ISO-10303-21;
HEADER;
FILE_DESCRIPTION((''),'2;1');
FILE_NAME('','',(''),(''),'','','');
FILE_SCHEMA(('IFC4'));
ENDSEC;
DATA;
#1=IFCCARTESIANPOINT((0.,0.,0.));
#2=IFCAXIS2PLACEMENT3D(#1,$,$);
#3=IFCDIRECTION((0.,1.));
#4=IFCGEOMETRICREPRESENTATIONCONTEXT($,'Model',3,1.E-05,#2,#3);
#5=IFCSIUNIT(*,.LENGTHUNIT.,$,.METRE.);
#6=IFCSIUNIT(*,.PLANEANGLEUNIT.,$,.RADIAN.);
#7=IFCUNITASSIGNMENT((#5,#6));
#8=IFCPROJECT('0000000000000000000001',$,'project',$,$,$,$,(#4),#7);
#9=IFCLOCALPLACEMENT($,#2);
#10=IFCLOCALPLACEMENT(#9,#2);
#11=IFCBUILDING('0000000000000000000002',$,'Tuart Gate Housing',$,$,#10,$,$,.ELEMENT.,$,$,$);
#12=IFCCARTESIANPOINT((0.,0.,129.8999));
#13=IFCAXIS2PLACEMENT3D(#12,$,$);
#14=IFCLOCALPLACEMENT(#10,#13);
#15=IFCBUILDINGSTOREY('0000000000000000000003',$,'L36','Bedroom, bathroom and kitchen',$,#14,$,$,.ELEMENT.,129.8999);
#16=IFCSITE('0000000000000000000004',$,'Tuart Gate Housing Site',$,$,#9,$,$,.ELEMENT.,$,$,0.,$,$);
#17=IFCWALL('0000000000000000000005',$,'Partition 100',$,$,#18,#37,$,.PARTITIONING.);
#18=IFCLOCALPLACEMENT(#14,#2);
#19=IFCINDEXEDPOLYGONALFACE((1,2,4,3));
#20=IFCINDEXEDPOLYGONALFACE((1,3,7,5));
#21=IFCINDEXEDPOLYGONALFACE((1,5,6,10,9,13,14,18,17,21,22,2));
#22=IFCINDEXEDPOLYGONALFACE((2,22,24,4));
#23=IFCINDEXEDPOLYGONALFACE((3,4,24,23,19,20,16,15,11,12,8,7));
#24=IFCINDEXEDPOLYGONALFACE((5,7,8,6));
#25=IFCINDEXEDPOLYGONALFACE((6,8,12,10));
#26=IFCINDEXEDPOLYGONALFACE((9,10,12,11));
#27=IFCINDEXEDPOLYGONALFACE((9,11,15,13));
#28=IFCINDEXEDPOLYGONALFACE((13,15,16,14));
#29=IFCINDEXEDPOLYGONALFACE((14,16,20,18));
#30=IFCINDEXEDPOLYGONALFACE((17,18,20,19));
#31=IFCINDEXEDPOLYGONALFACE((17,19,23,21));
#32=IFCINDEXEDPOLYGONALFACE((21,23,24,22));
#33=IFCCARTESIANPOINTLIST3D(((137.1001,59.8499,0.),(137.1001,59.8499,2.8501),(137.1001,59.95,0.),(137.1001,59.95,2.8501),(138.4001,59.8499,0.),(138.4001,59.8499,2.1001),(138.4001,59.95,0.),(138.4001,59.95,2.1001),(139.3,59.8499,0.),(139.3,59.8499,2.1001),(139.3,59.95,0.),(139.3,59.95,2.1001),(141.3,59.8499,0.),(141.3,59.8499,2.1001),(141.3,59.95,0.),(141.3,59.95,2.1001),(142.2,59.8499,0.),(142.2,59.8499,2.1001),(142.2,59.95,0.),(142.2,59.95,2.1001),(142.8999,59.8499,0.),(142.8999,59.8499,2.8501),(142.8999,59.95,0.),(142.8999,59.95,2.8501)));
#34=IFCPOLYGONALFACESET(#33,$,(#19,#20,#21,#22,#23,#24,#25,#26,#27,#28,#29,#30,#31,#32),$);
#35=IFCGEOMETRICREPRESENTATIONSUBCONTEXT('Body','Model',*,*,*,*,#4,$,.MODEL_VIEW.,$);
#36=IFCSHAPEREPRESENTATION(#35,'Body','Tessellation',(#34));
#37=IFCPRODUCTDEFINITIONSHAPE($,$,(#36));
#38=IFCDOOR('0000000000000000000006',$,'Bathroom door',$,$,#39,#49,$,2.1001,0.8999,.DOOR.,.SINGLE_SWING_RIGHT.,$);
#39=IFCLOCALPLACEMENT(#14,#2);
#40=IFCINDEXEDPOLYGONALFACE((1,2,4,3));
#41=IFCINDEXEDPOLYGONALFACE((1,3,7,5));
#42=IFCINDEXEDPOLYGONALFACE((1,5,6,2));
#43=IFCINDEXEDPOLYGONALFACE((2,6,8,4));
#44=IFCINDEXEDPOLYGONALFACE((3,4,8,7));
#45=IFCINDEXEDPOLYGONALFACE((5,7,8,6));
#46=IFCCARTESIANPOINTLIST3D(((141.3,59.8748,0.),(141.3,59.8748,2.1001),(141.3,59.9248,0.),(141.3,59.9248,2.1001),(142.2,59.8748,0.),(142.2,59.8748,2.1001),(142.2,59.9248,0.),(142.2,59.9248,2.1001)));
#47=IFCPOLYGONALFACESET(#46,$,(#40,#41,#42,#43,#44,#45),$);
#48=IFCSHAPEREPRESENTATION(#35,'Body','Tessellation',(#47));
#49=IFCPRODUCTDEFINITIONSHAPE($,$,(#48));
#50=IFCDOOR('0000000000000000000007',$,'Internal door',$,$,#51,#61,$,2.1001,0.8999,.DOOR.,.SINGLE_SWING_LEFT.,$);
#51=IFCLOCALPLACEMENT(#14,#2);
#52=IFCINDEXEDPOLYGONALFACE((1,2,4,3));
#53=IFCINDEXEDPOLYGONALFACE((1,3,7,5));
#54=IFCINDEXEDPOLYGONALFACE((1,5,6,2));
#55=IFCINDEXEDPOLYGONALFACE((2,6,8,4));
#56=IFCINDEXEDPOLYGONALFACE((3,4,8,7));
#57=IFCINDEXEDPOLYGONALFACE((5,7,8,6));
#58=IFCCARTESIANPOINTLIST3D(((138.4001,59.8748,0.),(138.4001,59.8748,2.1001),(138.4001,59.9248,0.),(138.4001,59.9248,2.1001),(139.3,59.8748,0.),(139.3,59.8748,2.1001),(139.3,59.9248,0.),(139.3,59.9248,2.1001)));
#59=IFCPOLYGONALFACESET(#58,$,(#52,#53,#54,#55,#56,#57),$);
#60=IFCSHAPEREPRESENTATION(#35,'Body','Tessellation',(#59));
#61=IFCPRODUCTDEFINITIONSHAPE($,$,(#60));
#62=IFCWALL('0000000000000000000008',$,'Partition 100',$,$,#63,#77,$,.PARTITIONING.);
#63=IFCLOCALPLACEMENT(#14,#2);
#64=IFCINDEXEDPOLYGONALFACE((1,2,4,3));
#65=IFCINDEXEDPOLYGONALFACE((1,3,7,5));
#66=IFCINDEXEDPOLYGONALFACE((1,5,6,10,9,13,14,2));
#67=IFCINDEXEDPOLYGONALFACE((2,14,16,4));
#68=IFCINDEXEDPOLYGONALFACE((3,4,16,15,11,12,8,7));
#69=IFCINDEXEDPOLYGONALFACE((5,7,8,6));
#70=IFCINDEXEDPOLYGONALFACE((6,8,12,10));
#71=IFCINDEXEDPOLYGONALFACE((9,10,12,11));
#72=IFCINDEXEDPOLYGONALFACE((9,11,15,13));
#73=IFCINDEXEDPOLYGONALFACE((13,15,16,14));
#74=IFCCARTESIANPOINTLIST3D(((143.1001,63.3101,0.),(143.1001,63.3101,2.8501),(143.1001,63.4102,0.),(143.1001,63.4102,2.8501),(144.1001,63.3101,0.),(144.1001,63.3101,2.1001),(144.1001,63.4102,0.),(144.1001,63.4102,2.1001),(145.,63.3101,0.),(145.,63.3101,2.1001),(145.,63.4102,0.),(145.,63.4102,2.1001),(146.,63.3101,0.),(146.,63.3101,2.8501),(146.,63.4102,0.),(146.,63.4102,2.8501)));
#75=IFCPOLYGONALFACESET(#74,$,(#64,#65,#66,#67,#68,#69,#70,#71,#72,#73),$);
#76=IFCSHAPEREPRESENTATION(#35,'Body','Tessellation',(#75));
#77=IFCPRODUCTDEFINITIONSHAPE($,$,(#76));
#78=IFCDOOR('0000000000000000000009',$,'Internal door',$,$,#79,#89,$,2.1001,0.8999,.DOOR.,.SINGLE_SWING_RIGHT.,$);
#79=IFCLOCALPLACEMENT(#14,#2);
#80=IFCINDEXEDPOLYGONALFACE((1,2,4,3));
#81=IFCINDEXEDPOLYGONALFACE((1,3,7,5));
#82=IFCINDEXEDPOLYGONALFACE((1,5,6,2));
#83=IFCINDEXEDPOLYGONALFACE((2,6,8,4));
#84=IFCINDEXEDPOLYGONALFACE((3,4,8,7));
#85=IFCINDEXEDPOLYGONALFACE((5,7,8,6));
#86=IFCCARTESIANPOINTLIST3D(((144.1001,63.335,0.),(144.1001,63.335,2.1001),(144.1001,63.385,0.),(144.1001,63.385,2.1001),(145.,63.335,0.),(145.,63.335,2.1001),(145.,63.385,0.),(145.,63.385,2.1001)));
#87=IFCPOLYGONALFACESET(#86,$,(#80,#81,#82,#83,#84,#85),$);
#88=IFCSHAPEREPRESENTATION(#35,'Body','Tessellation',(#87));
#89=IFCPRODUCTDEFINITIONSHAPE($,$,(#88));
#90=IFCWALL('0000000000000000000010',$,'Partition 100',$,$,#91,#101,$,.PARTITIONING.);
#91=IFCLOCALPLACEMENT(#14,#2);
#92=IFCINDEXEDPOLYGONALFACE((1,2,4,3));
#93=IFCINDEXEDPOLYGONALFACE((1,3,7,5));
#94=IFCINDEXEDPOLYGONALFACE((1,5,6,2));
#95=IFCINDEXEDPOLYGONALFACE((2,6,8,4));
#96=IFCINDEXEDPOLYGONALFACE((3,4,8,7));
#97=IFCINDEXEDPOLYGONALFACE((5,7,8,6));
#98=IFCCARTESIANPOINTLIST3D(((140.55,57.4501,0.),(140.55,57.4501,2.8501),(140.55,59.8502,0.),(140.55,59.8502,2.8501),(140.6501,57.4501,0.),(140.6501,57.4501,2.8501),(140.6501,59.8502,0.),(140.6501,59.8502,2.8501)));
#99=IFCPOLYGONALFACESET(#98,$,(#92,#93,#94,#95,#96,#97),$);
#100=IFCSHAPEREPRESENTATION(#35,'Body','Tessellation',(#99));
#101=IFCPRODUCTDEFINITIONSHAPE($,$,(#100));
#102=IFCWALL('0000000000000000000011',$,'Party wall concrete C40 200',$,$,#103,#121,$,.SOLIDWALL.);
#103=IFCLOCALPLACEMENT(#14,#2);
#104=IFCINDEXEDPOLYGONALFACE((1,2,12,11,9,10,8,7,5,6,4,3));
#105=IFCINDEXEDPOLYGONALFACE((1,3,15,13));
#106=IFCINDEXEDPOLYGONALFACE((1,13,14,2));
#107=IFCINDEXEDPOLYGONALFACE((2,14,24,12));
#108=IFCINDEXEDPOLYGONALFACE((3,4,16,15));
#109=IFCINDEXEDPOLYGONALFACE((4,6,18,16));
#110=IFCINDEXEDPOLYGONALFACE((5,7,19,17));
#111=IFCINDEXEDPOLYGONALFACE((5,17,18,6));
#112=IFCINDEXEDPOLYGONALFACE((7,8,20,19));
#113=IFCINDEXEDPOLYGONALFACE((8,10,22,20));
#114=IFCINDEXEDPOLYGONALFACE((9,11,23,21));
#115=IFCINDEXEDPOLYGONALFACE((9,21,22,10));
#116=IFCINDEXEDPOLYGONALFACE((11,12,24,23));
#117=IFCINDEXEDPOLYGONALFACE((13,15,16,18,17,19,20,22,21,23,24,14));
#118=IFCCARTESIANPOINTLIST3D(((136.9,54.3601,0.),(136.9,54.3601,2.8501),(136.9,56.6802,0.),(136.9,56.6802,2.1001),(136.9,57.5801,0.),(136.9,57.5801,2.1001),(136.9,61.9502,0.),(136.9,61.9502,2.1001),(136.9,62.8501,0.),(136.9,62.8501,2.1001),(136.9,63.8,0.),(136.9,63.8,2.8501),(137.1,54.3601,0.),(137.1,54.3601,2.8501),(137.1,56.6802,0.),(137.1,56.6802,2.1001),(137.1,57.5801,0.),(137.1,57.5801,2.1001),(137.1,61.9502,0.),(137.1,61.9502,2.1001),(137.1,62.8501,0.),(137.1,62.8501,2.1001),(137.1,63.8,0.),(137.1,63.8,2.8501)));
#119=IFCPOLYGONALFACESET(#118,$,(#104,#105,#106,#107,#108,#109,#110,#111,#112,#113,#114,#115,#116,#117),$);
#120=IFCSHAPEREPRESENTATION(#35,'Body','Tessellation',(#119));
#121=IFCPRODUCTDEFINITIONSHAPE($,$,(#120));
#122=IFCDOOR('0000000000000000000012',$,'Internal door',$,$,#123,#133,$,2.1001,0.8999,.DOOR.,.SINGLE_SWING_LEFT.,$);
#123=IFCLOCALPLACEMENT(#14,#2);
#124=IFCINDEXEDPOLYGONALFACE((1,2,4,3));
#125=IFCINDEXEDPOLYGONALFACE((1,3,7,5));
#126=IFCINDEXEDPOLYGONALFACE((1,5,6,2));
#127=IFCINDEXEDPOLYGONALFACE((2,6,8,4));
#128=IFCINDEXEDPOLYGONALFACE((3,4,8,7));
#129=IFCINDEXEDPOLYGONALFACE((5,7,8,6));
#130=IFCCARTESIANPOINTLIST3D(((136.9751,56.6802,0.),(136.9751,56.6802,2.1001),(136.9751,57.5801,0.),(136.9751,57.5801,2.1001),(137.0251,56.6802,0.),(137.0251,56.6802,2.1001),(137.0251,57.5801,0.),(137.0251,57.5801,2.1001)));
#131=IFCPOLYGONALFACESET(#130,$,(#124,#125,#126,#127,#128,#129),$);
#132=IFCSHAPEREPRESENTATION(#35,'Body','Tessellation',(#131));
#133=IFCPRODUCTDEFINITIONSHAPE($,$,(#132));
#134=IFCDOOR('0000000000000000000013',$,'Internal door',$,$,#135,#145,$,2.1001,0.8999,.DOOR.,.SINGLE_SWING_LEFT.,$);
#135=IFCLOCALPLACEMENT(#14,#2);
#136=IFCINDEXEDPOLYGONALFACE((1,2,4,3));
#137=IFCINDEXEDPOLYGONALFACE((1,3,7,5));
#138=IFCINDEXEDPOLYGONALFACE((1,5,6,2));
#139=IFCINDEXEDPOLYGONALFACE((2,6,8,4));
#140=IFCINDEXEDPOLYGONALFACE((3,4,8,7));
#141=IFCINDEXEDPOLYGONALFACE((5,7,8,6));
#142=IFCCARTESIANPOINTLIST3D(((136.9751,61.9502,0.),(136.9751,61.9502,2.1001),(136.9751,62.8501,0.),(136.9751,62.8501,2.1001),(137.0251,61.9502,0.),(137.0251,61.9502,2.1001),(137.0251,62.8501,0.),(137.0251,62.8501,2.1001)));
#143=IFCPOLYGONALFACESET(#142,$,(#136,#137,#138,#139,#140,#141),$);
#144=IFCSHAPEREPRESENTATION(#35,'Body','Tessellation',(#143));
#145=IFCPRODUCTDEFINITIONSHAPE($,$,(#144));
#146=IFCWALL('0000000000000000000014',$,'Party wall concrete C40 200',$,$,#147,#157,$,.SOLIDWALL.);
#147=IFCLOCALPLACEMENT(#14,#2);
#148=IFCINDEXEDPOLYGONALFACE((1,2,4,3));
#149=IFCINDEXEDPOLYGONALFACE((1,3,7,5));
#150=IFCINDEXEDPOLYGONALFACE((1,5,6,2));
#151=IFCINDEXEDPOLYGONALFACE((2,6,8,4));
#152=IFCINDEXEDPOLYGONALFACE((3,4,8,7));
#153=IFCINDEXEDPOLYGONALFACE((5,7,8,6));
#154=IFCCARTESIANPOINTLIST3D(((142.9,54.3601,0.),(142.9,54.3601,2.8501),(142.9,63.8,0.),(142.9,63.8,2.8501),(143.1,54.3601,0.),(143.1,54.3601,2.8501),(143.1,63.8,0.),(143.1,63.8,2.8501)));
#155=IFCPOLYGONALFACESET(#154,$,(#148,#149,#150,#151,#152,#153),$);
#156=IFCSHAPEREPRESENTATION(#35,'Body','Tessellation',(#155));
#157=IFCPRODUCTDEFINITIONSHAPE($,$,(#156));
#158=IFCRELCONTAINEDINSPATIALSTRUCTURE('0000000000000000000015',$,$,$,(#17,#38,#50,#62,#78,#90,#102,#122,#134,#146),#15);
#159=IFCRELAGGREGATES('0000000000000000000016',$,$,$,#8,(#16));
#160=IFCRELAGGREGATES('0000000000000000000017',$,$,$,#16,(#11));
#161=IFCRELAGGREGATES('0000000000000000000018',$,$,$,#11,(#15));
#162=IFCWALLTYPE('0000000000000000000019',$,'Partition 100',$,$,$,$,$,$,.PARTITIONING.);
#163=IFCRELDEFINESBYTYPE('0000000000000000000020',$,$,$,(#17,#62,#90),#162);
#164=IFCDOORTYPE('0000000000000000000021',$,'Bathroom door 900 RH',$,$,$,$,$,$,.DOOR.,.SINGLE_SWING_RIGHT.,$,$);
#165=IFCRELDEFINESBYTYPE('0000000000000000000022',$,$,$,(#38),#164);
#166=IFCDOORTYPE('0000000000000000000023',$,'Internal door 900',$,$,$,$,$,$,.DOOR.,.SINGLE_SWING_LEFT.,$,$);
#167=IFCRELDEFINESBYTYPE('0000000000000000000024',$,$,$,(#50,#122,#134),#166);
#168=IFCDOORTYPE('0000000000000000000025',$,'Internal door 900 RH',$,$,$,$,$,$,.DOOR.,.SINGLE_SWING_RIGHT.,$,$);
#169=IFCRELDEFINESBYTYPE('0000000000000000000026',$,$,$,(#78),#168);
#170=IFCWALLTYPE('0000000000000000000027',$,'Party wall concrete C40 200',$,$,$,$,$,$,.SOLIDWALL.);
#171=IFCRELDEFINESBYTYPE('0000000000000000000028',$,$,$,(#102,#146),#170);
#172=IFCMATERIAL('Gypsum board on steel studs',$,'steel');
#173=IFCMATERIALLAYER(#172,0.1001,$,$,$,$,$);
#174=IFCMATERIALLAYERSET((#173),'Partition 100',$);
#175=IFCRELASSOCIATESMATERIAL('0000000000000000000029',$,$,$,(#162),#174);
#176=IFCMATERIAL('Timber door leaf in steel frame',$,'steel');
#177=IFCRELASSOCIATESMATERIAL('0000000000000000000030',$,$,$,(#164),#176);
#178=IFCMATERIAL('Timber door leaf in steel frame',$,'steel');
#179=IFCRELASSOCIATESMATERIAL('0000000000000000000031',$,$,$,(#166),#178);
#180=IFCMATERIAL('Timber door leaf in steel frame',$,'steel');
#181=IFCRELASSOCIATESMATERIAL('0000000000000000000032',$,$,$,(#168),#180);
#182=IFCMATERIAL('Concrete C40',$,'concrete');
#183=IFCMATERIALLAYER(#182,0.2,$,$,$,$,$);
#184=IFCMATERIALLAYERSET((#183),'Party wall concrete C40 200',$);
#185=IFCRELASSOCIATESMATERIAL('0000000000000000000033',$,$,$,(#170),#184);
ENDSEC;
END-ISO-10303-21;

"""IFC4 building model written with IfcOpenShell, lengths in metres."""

from ifc_helpers import new_model, si_unit, direction, frame, frame_2d, origin, place, context, subcontext, project, spatial, rectangle, extrude, material, layer, layer_set, type_object, element, fill, save


model = new_model("IFC4")

# Units and contexts
model_context = context("Model", 3, precision=1e-05, world=origin(), true_north=direction((0.0, 1.0)))
body_context = subcontext(model_context, "Body", "Model", "MODEL_VIEW")
ifc_project = project(units=[si_unit("LENGTHUNIT", "METRE"), si_unit("PLANEANGLEUNIT", "RADIAN")], contexts=[model_context])

# Site, building, storey
site_placement = place(None, origin())
site = spatial("IfcSite", under=ifc_project, at=site_placement, Name="Tuart Gate Housing Site", CompositionType="ELEMENT", RefElevation=0.0)
building_placement = place(site_placement, origin())
building = spatial("IfcBuilding", under=site, at=building_placement, Name="Tuart Gate Housing", CompositionType="ELEMENT")
storey_placement = place(building_placement, frame((0.0, 0.0, 129.8999)))
storey = spatial("IfcBuildingStorey", under=building, at=storey_placement, Name="L36", Description="Bedroom, bathroom and kitchen", CompositionType="ELEMENT", Elevation=129.8999)

# Shared definitions
ifc_material_1 = material(Name="Gypsum board on steel studs", Category="steel")
ifc_layer_1 = layer(ifc_material_1, 0.1001)
ifc_layer_set_1 = layer_set([ifc_layer_1], Name="Partition 100")
wall_type_1 = type_object("IfcWallType", Name="Partition 100", PredefinedType="PARTITIONING", material=ifc_layer_set_1)

# Wall, openings, doors
wall_1_placement = place(storey_placement, frame((137.1001, 59.8999, 0.0), z_axis=(0.0, 0.0, 1.0), x_axis=(1.0, 0.0, 0.0)))
wall_1 = element("IfcWall", 1, at=wall_1_placement, inside=storey, type_object=wall_type_1, Name="Partition 100", PredefinedType="PARTITIONING", context=body_context, shape_type="SweptSolid", body=[
    extrude(rectangle(XDim=5.7998, YDim=0.1001, at=frame_2d((2.8999, 0.0))), origin(), (0.0, 0.0, 1.0), 2.8501),
])
opening_1_placement = place(wall_1_placement, frame((1.3, 0.0, 0.0)))
opening_1 = element("IfcOpeningElement", 2, at=opening_1_placement, cuts=wall_1, PredefinedType="OPENING", context=body_context, shape_type="SweptSolid", body=[
    extrude(rectangle(XDim=0.8999, YDim=2.1001, at=frame_2d((0.45, 1.05))), frame((0.0, 0.0601, 0.0), z_axis=(0.0, -1.0, 0.0), x_axis=(1.0, 0.0, 0.0)), (0.0, 0.0, 1.0), 0.1201),
])
opening_2_placement = place(wall_1_placement, frame((4.2, 0.0, 0.0)))
opening_2 = element("IfcOpeningElement", 3, at=opening_2_placement, cuts=wall_1, PredefinedType="OPENING", context=body_context, shape_type="SweptSolid", body=[
    extrude(rectangle(XDim=0.8999, YDim=2.1001, at=frame_2d((0.45, 1.05))), frame((0.0, 0.0601, 0.0), z_axis=(0.0, -1.0, 0.0), x_axis=(1.0, 0.0, 0.0)), (0.0, 0.0, 1.0), 0.1201),
])
ifc_material_2 = material(Name="Timber door leaf in steel frame", Category="steel")
door_type_1 = type_object("IfcDoorType", Name="Bathroom door 900 RH", OperationType="SINGLE_SWING_RIGHT", PredefinedType="DOOR", material=ifc_material_2)
door_1_placement = place(opening_2_placement, frame((0.8999, 0.0, 0.0), z_axis=(0.0, 0.0, 1.0), x_axis=(-1.0, 0.0, 0.0)))
door_1 = element("IfcDoor", 4, at=door_1_placement, inside=storey, type_object=door_type_1, Name="Bathroom door", OperationType="SINGLE_SWING_RIGHT", OverallHeight=2.1001, OverallWidth=0.8999, PredefinedType="DOOR", context=body_context, shape_type="SweptSolid", body=[
    extrude(rectangle(XDim=0.8999, YDim=2.1001, at=frame_2d((0.45, 1.05))), frame((0.0, 0.0251, 0.0), z_axis=(0.0, -1.0, 0.0), x_axis=(1.0, 0.0, 0.0)), (0.0, 0.0, 1.0), 0.05),
])
fill(opening_2, door_1)
ifc_material_3 = material(Name="Timber door leaf in steel frame", Category="steel")
door_type_2 = type_object("IfcDoorType", Name="Internal door 900", OperationType="SINGLE_SWING_LEFT", PredefinedType="DOOR", material=ifc_material_3)
door_2_placement = place(opening_1_placement, origin())
door_2 = element("IfcDoor", 5, at=door_2_placement, inside=storey, type_object=door_type_2, Name="Internal door", OperationType="SINGLE_SWING_LEFT", OverallHeight=2.1001, OverallWidth=0.8999, PredefinedType="DOOR", context=body_context, shape_type="SweptSolid", body=[
    extrude(rectangle(XDim=0.8999, YDim=2.1001, at=frame_2d((0.45, 1.05))), frame((0.0, 0.0249, 0.0), z_axis=(0.0, -1.0, 0.0), x_axis=(1.0, 0.0, 0.0)), (0.0, 0.0, 1.0), 0.05),
])
fill(opening_1, door_2)

# Wall, opening, door
wall_2_placement = place(storey_placement, frame((143.1001, 63.3601, 0.0), z_axis=(0.0, 0.0, 1.0), x_axis=(1.0, 0.0, 0.0)))
wall_2 = element("IfcWall", 6, at=wall_2_placement, inside=storey, type_object=wall_type_1, Name="Partition 100", PredefinedType="PARTITIONING", context=body_context, shape_type="SweptSolid", body=[
    extrude(rectangle(XDim=2.8999, YDim=0.1001, at=frame_2d((1.45, 0.0))), origin(), (0.0, 0.0, 1.0), 2.8501),
])
opening_3_placement = place(wall_2_placement, frame((1.0, 0.0, 0.0)))
opening_3 = element("IfcOpeningElement", 7, at=opening_3_placement, cuts=wall_2, PredefinedType="OPENING", context=body_context, shape_type="SweptSolid", body=[
    extrude(rectangle(XDim=0.8999, YDim=2.1001, at=frame_2d((0.45, 1.05))), frame((0.0, 0.0601, 0.0), z_axis=(0.0, -1.0, 0.0), x_axis=(1.0, 0.0, 0.0)), (0.0, 0.0, 1.0), 0.1201),
])
ifc_material_4 = material(Name="Timber door leaf in steel frame", Category="steel")
door_type_3 = type_object("IfcDoorType", Name="Internal door 900 RH", OperationType="SINGLE_SWING_RIGHT", PredefinedType="DOOR", material=ifc_material_4)
door_3_placement = place(opening_3_placement, origin())
door_3 = element("IfcDoor", 8, at=door_3_placement, inside=storey, type_object=door_type_3, Name="Internal door", OperationType="SINGLE_SWING_RIGHT", OverallHeight=2.1001, OverallWidth=0.8999, PredefinedType="DOOR", context=body_context, shape_type="SweptSolid", body=[
    extrude(rectangle(XDim=0.8999, YDim=2.1001, at=frame_2d((0.45, 1.05))), frame((0.0, 0.0249, 0.0), z_axis=(0.0, -1.0, 0.0), x_axis=(1.0, 0.0, 0.0)), (0.0, 0.0, 1.0), 0.05),
])
fill(opening_3, door_3)

# Wall
wall_3_placement = place(storey_placement, frame((140.6001, 57.45, 0.0), z_axis=(0.0, 0.0, 1.0), x_axis=(0.0, 1.0, 0.0)))
element("IfcWall", 9, at=wall_3_placement, inside=storey, type_object=wall_type_1, Name="Partition 100", PredefinedType="PARTITIONING", context=body_context, shape_type="SweptSolid", body=[
    extrude(rectangle(XDim=2.4001, YDim=0.1001, at=frame_2d((1.2002, 0.0))), origin(), (0.0, 0.0, 1.0), 2.8501),
])

# Wall, openings, doors
ifc_material_5 = material(Name="Concrete C40", Category="concrete")
ifc_layer_2 = layer(ifc_material_5, 0.2)
ifc_layer_set_2 = layer_set([ifc_layer_2], Name="Party wall concrete C40 200")
wall_type_2 = type_object("IfcWallType", Name="Party wall concrete C40 200", PredefinedType="SOLIDWALL", material=ifc_layer_set_2)
wall_4_placement = place(storey_placement, frame((137.0, 54.3601, 0.0), z_axis=(0.0, 0.0, 1.0), x_axis=(0.0, 1.0, 0.0)))
wall_4 = element("IfcWall", 10, at=wall_4_placement, inside=storey, type_object=wall_type_2, Name="Party wall concrete C40 200", PredefinedType="SOLIDWALL", context=body_context, shape_type="SweptSolid", body=[
    extrude(rectangle(XDim=9.4399, YDim=0.2, at=frame_2d((4.72, 0.0))), origin(), (0.0, 0.0, 1.0), 2.8501),
])
opening_4_placement = place(wall_4_placement, frame((2.3201, 0.0, 0.0)))
opening_4 = element("IfcOpeningElement", 11, at=opening_4_placement, cuts=wall_4, PredefinedType="OPENING", context=body_context, shape_type="SweptSolid", body=[
    extrude(rectangle(XDim=0.8999, YDim=2.1001, at=frame_2d((0.45, 1.05))), frame((0.0, 0.1099, 0.0), z_axis=(0.0, -1.0, 0.0), x_axis=(1.0, 0.0, 0.0)), (0.0, 0.0, 1.0), 0.22),
])
opening_5_placement = place(wall_4_placement, frame((7.5901, 0.0, 0.0)))
opening_5 = element("IfcOpeningElement", 12, at=opening_5_placement, cuts=wall_4, PredefinedType="OPENING", context=body_context, shape_type="SweptSolid", body=[
    extrude(rectangle(XDim=0.8999, YDim=2.1001, at=frame_2d((0.45, 1.05))), frame((0.0, 0.1099, 0.0), z_axis=(0.0, -1.0, 0.0), x_axis=(1.0, 0.0, 0.0)), (0.0, 0.0, 1.0), 0.22),
])
door_4_placement = place(opening_4_placement, origin())
door_4 = element("IfcDoor", 13, at=door_4_placement, inside=storey, type_object=door_type_2, Name="Internal door", OperationType="SINGLE_SWING_LEFT", OverallHeight=2.1001, OverallWidth=0.8999, PredefinedType="DOOR", context=body_context, shape_type="SweptSolid", body=[
    extrude(rectangle(XDim=0.8999, YDim=2.1001, at=frame_2d((0.45, 1.05))), frame((0.0, 0.0249, 0.0), z_axis=(0.0, -1.0, 0.0), x_axis=(1.0, 0.0, 0.0)), (0.0, 0.0, 1.0), 0.05),
])
fill(opening_4, door_4)
door_5_placement = place(opening_5_placement, origin())
door_5 = element("IfcDoor", 14, at=door_5_placement, inside=storey, type_object=door_type_2, Name="Internal door", OperationType="SINGLE_SWING_LEFT", OverallHeight=2.1001, OverallWidth=0.8999, PredefinedType="DOOR", context=body_context, shape_type="SweptSolid", body=[
    extrude(rectangle(XDim=0.8999, YDim=2.1001, at=frame_2d((0.45, 1.05))), frame((0.0, 0.0249, 0.0), z_axis=(0.0, -1.0, 0.0), x_axis=(1.0, 0.0, 0.0)), (0.0, 0.0, 1.0), 0.05),
])
fill(opening_5, door_5)

# Wall
wall_5_placement = place(storey_placement, frame((143.0, 54.3601, 0.0), z_axis=(0.0, 0.0, 1.0), x_axis=(0.0, 1.0, 0.0)))
element("IfcWall", 15, at=wall_5_placement, inside=storey, type_object=wall_type_2, Name="Party wall concrete C40 200", PredefinedType="SOLIDWALL", context=body_context, shape_type="SweptSolid", body=[
    extrude(rectangle(XDim=9.4399, YDim=0.2, at=frame_2d((4.72, 0.0))), origin(), (0.0, 0.0, 1.0), 2.8501),
])

save(model, "model.ifc")
